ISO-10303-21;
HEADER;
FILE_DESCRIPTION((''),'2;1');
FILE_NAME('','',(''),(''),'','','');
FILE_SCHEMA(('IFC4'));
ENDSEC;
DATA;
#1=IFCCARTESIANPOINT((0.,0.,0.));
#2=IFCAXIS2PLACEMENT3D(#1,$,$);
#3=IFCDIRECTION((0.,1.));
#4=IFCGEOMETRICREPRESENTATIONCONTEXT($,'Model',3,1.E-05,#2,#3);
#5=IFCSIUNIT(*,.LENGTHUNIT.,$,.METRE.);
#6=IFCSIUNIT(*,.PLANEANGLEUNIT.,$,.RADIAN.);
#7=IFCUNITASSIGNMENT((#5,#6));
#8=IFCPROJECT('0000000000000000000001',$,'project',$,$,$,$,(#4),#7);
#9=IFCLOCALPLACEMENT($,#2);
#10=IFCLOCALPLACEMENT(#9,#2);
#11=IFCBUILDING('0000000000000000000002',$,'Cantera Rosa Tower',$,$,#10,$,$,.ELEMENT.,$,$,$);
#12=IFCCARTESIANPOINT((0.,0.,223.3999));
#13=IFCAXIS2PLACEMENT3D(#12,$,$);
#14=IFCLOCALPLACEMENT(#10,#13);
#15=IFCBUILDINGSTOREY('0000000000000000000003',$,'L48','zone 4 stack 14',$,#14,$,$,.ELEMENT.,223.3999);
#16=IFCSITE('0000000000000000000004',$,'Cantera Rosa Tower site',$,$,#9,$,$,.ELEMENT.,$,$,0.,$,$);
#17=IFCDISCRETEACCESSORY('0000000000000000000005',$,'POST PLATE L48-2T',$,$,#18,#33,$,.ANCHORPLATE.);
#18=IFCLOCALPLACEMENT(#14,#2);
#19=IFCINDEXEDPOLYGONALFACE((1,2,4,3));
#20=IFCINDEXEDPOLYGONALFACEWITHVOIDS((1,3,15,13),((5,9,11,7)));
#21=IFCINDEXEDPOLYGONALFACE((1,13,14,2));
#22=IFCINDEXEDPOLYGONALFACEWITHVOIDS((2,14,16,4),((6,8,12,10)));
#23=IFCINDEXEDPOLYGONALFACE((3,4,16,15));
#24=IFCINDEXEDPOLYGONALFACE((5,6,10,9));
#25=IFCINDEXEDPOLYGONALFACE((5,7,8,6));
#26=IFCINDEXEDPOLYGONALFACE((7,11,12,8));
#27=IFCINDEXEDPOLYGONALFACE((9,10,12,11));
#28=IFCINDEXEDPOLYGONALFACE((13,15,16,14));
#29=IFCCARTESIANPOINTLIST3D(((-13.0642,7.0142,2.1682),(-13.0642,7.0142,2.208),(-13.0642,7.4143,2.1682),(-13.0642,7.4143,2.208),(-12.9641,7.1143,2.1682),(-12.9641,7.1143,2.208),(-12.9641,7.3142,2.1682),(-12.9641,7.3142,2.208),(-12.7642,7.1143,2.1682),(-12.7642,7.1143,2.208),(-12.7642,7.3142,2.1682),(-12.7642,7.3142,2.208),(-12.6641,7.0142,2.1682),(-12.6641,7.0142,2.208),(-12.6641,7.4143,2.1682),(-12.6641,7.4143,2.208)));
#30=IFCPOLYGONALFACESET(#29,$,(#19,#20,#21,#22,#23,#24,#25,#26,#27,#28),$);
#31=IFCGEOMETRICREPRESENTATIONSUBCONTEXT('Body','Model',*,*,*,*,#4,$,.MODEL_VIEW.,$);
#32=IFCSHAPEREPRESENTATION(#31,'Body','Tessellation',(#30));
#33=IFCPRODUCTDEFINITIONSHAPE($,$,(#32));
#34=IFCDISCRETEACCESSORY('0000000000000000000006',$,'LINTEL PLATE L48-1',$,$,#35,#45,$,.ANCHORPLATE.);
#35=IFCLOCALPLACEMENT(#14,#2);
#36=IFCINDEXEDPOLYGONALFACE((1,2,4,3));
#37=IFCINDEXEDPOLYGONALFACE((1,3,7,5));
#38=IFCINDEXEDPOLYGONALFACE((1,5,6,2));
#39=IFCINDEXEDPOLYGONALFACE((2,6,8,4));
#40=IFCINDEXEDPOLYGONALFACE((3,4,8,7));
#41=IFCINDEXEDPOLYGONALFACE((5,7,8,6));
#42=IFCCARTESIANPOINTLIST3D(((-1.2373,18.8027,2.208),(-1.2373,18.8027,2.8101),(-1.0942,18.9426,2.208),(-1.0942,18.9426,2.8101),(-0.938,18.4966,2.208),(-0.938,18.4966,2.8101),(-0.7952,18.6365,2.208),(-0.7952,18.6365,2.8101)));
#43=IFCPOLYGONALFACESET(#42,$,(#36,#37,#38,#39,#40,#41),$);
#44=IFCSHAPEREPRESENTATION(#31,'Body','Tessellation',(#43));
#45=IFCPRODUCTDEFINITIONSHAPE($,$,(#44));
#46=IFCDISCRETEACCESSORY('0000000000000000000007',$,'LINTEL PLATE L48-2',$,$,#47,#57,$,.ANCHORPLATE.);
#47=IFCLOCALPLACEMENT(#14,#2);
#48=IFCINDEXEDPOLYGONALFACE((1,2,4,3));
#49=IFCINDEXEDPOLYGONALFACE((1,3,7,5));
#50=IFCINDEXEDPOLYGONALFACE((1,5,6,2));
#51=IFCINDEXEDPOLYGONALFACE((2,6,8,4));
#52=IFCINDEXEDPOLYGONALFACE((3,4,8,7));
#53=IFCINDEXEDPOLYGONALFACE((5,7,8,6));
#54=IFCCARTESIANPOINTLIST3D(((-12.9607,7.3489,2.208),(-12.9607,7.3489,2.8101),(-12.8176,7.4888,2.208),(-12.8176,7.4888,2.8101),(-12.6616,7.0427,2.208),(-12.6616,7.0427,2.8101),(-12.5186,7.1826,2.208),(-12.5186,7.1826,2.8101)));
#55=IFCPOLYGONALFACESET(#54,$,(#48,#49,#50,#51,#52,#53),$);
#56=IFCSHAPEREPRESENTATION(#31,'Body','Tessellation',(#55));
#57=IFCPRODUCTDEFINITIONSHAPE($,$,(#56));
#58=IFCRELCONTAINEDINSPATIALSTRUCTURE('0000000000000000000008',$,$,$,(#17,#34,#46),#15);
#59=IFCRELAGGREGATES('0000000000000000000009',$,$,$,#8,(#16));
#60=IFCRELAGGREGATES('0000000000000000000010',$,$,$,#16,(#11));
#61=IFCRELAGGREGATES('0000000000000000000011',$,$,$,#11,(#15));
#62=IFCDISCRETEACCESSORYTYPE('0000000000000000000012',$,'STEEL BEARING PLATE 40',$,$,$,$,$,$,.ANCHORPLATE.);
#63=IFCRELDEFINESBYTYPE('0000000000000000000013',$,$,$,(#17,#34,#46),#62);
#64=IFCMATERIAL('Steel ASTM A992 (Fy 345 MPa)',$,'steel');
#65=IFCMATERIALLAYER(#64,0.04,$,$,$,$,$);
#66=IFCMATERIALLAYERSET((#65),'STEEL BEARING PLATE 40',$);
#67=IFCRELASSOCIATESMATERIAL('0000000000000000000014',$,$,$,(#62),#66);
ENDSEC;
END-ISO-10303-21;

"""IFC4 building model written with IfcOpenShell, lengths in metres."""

from ifc_helpers import new_model, si_unit, direction, frame, origin, place, context, subcontext, project, spatial, polyline, outline, extrude, material, layer, layer_set, type_object, element, save


model = new_model("IFC4")

# Units and contexts
model_context = context("Model", 3, precision=1e-05, world=origin(), true_north=direction((0.0, 1.0)))
body_context = subcontext(model_context, "Body", "Model", "MODEL_VIEW")
ifc_project = project(units=[si_unit("LENGTHUNIT", "METRE"), si_unit("PLANEANGLEUNIT", "RADIAN")], contexts=[model_context])

# Site, building, storey
site_placement = place(None, origin())
site = spatial("IfcSite", under=ifc_project, at=site_placement, Name="Cantera Rosa Tower site", CompositionType="ELEMENT", RefElevation=0.0)
building_placement = place(site_placement, origin())
building = spatial("IfcBuilding", under=site, at=building_placement, Name="Cantera Rosa Tower", CompositionType="ELEMENT")
storey_placement = place(building_placement, frame((0.0, 0.0, 223.3999)))
storey = spatial("IfcBuildingStorey", under=building, at=storey_placement, Name="L48", Description="zone 4 stack 14", CompositionType="ELEMENT", Elevation=223.3999)

# Discrete accessories
ifc_material_1 = material(Name="Steel ASTM A992 (Fy 345 MPa)", Category="steel")
ifc_layer_1 = layer(ifc_material_1, 0.04)
ifc_layer_set_1 = layer_set([ifc_layer_1], Name="STEEL BEARING PLATE 40")
discrete_accessory_type = type_object("IfcDiscreteAccessoryType", Name="STEEL BEARING PLATE 40", PredefinedType="ANCHORPLATE", material=ifc_layer_set_1)
discrete_accessory_1_placement = place(storey_placement, frame((0.0, 0.0, 2.1682)))
element("IfcDiscreteAccessory", 1, at=discrete_accessory_1_placement, inside=storey, type_object=discrete_accessory_type, Name="POST PLATE L48-2T", PredefinedType="ANCHORPLATE", context=body_context, shape_type="SweptSolid", body=[
    extrude(outline(polyline([(-13.0642, 7.0142), (-12.6641, 7.0142), (-12.6641, 7.4143), (-13.0642, 7.4143), (-13.0642, 7.0142)]), holes=[polyline([(-12.9641, 7.1143), (-12.7642, 7.1143), (-12.7642, 7.3142), (-12.9641, 7.3142), (-12.9641, 7.1143)])]), origin(), (0.0, 0.0, 1.0), 0.0398),
])
discrete_accessory_2_placement = place(storey_placement, frame((0.0, 0.0, 2.208)))
element("IfcDiscreteAccessory", 2, at=discrete_accessory_2_placement, inside=storey, type_object=discrete_accessory_type, Name="LINTEL PLATE L48-1", PredefinedType="ANCHORPLATE", context=body_context, shape_type="SweptSolid", body=[
    extrude(outline(polyline([(-0.938, 18.4966), (-0.7952, 18.6365), (-1.0942, 18.9426), (-1.2373, 18.8027), (-0.938, 18.4966)])), origin(), (0.0, 0.0, 1.0), 0.6021),
])
discrete_accessory_3_placement = place(storey_placement, frame((0.0, 0.0, 2.208)))
element("IfcDiscreteAccessory", 3, at=discrete_accessory_3_placement, inside=storey, type_object=discrete_accessory_type, Name="LINTEL PLATE L48-2", PredefinedType="ANCHORPLATE", context=body_context, shape_type="SweptSolid", body=[
    extrude(outline(polyline([(-12.8176, 7.4888), (-12.9607, 7.3489), (-12.6616, 7.0427), (-12.5186, 7.1826), (-12.8176, 7.4888)])), origin(), (0.0, 0.0, 1.0), 0.6021),
])

save(model, "model.ifc")
